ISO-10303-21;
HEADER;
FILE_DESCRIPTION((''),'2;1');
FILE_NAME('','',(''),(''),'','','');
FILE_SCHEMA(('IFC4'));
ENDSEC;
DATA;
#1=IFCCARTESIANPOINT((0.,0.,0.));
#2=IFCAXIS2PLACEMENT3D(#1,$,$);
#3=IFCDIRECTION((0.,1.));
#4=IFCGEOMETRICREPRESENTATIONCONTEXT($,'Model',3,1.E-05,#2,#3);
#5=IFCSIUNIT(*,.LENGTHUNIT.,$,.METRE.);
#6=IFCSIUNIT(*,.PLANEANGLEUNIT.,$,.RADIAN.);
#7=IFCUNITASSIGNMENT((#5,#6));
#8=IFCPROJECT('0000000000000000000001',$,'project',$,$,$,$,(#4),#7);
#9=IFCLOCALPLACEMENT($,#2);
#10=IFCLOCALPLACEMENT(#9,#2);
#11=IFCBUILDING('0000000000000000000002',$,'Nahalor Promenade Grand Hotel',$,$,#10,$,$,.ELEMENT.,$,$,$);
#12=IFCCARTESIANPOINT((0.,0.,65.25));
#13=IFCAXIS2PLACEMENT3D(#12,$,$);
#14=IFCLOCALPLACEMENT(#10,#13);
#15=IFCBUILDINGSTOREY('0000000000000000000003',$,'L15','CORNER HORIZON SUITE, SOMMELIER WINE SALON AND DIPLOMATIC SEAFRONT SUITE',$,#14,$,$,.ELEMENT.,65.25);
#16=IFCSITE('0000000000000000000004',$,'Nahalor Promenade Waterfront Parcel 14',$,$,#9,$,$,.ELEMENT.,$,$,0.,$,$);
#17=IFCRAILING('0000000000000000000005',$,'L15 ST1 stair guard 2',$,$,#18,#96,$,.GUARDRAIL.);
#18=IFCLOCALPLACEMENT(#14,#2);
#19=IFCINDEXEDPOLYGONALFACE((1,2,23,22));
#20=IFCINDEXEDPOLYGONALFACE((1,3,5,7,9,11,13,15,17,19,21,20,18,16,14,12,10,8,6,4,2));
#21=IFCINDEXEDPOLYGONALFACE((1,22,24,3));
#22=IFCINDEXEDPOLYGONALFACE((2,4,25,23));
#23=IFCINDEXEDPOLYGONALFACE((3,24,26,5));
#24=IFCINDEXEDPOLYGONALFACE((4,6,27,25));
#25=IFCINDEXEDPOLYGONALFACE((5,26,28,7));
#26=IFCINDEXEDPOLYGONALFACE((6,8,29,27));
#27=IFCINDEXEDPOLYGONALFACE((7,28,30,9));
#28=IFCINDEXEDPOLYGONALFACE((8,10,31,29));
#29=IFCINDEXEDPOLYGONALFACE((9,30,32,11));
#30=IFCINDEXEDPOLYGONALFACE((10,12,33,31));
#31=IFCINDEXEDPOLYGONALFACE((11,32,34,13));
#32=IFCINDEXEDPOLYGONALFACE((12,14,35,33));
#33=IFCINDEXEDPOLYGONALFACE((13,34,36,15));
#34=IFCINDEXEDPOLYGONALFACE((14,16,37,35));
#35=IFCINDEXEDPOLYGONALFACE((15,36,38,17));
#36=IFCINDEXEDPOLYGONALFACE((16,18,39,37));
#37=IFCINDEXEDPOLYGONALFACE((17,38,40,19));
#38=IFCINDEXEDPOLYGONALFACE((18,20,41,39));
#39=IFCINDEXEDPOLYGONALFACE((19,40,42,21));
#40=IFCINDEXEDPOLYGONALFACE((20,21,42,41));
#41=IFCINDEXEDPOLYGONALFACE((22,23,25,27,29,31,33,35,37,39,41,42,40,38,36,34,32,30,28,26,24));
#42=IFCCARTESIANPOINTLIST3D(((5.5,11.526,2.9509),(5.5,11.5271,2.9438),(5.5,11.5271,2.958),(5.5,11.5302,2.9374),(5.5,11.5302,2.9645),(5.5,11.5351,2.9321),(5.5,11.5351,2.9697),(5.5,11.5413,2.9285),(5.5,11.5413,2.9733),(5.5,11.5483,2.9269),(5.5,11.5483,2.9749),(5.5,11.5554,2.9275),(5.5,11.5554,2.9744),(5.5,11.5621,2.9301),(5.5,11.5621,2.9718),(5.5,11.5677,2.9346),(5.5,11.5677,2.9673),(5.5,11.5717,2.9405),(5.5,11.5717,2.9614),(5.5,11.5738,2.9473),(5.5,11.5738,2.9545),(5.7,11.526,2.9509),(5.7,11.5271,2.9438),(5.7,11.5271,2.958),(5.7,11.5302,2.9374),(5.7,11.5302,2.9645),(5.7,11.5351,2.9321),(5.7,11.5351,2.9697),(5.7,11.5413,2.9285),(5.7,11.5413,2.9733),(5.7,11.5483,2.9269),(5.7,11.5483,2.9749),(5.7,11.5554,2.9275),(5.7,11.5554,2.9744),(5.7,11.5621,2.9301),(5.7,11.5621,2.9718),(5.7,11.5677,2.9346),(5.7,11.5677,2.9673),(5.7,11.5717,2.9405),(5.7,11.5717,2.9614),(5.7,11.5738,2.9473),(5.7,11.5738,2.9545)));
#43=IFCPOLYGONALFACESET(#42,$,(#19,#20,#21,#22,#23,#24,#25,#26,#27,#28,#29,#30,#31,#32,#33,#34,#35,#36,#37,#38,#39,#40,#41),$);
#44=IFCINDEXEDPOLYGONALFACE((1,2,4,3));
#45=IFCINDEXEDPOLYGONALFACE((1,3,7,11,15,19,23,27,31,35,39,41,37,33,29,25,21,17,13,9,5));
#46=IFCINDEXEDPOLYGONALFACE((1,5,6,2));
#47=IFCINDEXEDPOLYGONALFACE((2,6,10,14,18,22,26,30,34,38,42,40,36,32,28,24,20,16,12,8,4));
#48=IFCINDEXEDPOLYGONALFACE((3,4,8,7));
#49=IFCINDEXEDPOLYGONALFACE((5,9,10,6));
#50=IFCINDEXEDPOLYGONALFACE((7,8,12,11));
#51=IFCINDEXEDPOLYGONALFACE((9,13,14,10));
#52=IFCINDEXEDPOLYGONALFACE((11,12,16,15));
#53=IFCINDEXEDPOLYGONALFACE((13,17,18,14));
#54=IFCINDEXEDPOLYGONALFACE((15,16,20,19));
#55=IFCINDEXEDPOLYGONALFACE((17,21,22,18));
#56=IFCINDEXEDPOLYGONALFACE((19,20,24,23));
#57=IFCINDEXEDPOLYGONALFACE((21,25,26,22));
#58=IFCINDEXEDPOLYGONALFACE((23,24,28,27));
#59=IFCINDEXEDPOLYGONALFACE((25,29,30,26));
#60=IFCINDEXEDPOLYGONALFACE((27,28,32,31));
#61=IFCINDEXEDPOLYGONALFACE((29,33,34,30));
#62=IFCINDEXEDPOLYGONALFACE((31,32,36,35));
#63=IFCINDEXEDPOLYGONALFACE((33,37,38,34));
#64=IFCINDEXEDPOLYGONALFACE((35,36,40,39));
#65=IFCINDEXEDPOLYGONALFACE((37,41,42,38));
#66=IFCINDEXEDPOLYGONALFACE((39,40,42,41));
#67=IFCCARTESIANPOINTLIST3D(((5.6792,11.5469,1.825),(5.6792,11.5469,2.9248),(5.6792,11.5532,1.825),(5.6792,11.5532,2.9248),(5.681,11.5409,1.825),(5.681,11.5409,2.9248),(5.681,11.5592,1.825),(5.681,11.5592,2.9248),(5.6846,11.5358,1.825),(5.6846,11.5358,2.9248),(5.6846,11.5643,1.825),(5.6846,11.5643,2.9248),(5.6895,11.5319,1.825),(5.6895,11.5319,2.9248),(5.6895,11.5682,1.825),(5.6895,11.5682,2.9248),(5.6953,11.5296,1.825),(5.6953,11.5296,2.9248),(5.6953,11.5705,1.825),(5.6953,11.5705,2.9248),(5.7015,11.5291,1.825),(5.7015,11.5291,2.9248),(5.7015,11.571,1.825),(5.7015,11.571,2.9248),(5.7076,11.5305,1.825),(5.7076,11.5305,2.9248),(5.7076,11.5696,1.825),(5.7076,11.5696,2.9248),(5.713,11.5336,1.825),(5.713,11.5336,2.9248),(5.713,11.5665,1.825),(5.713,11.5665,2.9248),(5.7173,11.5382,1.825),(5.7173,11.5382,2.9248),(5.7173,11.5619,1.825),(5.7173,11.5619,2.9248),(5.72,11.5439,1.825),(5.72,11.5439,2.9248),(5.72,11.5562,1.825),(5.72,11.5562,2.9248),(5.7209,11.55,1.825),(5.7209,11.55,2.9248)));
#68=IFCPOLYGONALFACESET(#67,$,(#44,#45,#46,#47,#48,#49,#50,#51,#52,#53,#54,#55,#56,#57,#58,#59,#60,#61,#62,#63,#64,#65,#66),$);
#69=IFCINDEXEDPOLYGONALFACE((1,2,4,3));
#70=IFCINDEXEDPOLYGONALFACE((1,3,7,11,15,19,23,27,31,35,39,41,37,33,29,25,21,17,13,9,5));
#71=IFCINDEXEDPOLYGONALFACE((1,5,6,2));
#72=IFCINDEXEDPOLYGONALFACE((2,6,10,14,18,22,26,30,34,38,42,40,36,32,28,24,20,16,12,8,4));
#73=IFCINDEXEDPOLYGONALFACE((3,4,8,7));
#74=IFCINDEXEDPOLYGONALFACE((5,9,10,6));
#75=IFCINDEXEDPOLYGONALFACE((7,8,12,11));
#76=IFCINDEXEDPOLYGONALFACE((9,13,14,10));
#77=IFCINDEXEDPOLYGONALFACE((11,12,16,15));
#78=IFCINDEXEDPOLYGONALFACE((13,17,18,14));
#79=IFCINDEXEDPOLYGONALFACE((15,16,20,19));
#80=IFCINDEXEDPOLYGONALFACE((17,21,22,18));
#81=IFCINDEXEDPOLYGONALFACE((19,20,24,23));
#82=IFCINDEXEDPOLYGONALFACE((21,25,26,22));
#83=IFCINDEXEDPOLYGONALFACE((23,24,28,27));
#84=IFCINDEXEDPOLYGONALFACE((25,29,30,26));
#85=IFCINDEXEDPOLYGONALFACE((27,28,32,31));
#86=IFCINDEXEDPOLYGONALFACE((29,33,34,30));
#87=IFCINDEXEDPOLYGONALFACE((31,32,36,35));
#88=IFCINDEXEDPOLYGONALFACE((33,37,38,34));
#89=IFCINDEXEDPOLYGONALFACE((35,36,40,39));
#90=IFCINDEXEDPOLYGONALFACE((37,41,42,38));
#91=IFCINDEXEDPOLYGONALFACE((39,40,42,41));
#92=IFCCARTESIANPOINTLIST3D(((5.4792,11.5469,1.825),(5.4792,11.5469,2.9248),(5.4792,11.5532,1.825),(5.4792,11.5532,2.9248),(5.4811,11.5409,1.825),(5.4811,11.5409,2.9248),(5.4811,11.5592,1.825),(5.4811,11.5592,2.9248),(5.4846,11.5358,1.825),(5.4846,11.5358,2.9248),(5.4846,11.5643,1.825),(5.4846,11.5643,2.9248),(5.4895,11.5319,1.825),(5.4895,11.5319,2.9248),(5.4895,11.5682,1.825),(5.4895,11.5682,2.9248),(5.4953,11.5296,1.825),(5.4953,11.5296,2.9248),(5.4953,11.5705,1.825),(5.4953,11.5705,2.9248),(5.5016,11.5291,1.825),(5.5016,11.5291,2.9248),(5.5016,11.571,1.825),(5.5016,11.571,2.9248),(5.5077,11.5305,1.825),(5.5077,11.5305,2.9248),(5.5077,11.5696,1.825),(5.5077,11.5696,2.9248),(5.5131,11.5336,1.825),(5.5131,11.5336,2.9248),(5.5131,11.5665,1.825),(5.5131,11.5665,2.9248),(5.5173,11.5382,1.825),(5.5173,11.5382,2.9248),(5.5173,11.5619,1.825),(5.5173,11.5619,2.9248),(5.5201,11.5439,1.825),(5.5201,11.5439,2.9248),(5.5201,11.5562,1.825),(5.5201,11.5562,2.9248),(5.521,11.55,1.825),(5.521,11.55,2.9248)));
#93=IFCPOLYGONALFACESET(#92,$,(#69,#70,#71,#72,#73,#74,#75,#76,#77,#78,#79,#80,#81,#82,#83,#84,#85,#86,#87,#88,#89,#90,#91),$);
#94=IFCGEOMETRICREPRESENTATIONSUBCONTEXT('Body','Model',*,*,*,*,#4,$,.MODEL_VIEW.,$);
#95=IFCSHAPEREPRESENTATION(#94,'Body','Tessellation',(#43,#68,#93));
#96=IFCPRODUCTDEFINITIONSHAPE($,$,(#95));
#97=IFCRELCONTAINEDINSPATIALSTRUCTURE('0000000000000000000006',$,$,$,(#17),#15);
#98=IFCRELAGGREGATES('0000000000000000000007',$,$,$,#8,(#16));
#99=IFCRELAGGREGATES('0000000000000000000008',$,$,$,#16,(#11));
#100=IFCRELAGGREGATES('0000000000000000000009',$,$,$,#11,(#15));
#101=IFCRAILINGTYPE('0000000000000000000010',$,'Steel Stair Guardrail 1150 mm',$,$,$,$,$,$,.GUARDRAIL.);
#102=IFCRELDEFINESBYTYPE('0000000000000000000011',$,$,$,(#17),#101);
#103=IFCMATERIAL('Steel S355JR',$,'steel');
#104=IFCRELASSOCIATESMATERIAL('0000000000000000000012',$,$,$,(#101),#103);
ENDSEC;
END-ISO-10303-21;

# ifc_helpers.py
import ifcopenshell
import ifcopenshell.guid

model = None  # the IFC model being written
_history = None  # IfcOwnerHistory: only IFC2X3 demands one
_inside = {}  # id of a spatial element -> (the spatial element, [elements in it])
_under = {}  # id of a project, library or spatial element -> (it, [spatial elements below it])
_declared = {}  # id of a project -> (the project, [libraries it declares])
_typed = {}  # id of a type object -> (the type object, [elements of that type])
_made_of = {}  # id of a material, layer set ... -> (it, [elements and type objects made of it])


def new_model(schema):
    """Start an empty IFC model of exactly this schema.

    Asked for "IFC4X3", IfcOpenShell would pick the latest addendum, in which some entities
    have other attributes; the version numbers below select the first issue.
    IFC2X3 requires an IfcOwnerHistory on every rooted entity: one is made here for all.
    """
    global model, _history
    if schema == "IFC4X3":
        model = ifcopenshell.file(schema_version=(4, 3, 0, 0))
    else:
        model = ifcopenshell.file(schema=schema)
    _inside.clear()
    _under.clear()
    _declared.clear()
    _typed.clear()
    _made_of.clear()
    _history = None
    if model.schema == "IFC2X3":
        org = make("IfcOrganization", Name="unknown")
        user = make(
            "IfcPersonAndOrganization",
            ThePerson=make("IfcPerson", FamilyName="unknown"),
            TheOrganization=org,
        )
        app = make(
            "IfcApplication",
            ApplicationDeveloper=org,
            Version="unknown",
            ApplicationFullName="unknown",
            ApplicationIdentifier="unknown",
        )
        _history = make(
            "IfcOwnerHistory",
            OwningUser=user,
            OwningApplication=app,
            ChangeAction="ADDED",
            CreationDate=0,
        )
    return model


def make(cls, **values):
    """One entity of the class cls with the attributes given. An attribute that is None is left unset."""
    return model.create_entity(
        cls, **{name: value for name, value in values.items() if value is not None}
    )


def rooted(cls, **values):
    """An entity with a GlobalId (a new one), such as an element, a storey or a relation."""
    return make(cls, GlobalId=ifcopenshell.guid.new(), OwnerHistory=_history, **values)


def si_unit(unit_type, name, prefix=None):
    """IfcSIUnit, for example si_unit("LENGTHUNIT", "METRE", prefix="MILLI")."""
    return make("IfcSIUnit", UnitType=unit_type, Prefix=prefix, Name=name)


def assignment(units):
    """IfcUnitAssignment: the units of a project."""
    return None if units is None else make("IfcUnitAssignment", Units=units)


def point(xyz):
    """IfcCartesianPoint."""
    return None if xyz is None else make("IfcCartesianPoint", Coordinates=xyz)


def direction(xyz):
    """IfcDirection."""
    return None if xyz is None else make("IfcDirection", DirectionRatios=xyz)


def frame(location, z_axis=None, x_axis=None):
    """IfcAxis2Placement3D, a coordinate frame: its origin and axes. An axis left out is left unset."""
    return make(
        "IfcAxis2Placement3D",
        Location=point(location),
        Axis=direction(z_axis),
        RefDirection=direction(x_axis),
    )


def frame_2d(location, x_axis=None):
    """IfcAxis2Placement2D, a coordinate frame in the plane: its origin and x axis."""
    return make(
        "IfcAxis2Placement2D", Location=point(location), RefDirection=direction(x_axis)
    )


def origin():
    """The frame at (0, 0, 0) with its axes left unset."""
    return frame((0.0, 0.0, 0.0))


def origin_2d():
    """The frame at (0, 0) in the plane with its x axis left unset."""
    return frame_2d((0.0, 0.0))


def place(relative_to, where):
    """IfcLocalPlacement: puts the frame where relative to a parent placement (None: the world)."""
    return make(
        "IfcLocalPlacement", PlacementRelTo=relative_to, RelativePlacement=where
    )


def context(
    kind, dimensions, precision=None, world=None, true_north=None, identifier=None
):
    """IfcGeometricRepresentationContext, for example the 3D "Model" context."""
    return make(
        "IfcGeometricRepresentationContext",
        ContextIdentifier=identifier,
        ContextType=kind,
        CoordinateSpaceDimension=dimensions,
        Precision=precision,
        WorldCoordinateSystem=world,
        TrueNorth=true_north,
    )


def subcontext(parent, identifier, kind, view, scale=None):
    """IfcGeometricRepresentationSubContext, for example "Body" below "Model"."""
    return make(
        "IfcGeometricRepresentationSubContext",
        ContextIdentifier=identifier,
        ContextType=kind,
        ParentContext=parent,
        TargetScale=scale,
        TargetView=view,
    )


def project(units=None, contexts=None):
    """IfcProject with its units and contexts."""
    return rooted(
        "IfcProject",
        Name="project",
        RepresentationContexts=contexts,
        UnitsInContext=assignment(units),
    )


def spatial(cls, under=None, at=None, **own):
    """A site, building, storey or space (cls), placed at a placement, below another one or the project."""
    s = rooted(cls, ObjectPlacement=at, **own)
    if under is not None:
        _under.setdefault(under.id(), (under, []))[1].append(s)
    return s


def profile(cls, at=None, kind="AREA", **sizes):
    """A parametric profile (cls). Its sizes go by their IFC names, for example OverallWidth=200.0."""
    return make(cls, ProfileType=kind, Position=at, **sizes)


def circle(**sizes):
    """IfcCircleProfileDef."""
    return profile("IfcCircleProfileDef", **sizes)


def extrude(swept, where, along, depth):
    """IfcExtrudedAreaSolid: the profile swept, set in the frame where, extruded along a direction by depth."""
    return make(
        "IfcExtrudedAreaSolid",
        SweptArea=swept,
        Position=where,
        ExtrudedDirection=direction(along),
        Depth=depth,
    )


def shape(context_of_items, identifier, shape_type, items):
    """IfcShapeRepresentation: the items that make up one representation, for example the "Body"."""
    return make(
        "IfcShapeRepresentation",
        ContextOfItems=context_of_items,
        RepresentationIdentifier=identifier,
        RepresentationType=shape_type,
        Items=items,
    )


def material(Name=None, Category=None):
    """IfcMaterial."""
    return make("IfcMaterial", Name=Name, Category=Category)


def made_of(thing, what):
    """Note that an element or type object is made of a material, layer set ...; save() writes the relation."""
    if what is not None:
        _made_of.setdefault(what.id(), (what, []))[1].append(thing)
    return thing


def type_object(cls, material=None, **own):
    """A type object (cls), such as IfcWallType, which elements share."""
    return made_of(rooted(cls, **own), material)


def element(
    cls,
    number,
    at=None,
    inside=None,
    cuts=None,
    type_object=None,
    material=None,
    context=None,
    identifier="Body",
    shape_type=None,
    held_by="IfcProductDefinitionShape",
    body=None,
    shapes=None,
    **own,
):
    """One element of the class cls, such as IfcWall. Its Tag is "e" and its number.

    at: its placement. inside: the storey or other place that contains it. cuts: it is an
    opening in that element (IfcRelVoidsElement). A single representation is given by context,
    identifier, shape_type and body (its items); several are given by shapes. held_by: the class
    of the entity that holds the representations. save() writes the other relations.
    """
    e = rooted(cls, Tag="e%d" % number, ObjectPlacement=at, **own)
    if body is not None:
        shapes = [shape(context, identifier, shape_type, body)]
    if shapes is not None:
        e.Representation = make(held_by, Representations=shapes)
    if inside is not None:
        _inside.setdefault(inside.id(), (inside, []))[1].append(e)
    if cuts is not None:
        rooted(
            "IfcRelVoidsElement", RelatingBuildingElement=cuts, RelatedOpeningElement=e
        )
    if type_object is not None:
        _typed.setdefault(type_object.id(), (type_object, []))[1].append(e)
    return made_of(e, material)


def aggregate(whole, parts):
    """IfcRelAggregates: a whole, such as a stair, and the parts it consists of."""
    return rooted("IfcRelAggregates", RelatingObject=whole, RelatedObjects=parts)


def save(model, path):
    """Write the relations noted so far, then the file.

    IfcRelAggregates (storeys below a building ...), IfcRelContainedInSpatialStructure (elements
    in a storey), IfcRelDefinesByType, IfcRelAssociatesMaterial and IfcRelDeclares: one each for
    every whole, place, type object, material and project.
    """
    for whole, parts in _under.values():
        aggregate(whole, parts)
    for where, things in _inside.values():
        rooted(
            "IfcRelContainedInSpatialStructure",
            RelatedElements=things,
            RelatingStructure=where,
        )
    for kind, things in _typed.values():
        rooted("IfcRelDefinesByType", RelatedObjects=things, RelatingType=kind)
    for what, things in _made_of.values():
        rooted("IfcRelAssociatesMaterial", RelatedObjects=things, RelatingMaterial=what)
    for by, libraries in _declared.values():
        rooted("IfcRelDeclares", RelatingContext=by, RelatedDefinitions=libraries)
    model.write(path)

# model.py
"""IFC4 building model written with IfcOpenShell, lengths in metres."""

from ifc_helpers import new_model, si_unit, direction, frame, origin, origin_2d, place, context, subcontext, project, spatial, circle, extrude, material, type_object, element, save


model = new_model("IFC4")

# Units and contexts
model_context = context("Model", 3, precision=1e-05, world=origin(), true_north=direction((0.0, 1.0)))
body_context = subcontext(model_context, "Body", "Model", "MODEL_VIEW")
ifc_project = project(units=[si_unit("LENGTHUNIT", "METRE"), si_unit("PLANEANGLEUNIT", "RADIAN")], contexts=[model_context])

# Site, building, storey
site_placement = place(None, origin())
site = spatial("IfcSite", under=ifc_project, at=site_placement, Name="Nahalor Promenade Waterfront Parcel 14", CompositionType="ELEMENT", RefElevation=0.0)
building_placement = place(site_placement, origin())
building = spatial("IfcBuilding", under=site, at=building_placement, Name="Nahalor Promenade Grand Hotel", CompositionType="ELEMENT")
storey_placement = place(building_placement, frame((0.0, 0.0, 65.25)))
storey = spatial("IfcBuildingStorey", under=building, at=storey_placement, Name="L15", Description="CORNER HORIZON SUITE, SOMMELIER WINE SALON AND DIPLOMATIC SEAFRONT SUITE", CompositionType="ELEMENT", Elevation=65.25)

# Shared definitions
ifc_material_1 = material(Name="Steel S355JR", Category="steel")

# Railing
railing_type = type_object("IfcRailingType", Name="Steel Stair Guardrail 1150 mm", PredefinedType="GUARDRAIL", material=ifc_material_1)
railing_placement = place(storey_placement, frame((5.7, 11.55, 1.825)))
element("IfcRailing", 1, at=railing_placement, inside=storey, type_object=railing_type, Name="L15 ST1 stair guard 2", PredefinedType="GUARDRAIL", context=body_context, shape_type="SweptSolid", body=[
    extrude(circle(Radius=0.024, at=origin_2d()), frame((0.0, 0.0, 1.126), z_axis=(-1.0, 0.0, 0.0), x_axis=(0.0, -1.0, 0.0)), (0.0, 0.0, 1.0), 0.2),
    extrude(circle(Radius=0.021, at=origin_2d()), origin(), (0.0, 0.0, 1.0), 1.0999),
    extrude(circle(Radius=0.021, at=origin_2d()), frame((-0.2, 0.0, 0.0)), (0.0, 0.0, 1.0), 1.0999),
])

save(model, "model.ifc")
